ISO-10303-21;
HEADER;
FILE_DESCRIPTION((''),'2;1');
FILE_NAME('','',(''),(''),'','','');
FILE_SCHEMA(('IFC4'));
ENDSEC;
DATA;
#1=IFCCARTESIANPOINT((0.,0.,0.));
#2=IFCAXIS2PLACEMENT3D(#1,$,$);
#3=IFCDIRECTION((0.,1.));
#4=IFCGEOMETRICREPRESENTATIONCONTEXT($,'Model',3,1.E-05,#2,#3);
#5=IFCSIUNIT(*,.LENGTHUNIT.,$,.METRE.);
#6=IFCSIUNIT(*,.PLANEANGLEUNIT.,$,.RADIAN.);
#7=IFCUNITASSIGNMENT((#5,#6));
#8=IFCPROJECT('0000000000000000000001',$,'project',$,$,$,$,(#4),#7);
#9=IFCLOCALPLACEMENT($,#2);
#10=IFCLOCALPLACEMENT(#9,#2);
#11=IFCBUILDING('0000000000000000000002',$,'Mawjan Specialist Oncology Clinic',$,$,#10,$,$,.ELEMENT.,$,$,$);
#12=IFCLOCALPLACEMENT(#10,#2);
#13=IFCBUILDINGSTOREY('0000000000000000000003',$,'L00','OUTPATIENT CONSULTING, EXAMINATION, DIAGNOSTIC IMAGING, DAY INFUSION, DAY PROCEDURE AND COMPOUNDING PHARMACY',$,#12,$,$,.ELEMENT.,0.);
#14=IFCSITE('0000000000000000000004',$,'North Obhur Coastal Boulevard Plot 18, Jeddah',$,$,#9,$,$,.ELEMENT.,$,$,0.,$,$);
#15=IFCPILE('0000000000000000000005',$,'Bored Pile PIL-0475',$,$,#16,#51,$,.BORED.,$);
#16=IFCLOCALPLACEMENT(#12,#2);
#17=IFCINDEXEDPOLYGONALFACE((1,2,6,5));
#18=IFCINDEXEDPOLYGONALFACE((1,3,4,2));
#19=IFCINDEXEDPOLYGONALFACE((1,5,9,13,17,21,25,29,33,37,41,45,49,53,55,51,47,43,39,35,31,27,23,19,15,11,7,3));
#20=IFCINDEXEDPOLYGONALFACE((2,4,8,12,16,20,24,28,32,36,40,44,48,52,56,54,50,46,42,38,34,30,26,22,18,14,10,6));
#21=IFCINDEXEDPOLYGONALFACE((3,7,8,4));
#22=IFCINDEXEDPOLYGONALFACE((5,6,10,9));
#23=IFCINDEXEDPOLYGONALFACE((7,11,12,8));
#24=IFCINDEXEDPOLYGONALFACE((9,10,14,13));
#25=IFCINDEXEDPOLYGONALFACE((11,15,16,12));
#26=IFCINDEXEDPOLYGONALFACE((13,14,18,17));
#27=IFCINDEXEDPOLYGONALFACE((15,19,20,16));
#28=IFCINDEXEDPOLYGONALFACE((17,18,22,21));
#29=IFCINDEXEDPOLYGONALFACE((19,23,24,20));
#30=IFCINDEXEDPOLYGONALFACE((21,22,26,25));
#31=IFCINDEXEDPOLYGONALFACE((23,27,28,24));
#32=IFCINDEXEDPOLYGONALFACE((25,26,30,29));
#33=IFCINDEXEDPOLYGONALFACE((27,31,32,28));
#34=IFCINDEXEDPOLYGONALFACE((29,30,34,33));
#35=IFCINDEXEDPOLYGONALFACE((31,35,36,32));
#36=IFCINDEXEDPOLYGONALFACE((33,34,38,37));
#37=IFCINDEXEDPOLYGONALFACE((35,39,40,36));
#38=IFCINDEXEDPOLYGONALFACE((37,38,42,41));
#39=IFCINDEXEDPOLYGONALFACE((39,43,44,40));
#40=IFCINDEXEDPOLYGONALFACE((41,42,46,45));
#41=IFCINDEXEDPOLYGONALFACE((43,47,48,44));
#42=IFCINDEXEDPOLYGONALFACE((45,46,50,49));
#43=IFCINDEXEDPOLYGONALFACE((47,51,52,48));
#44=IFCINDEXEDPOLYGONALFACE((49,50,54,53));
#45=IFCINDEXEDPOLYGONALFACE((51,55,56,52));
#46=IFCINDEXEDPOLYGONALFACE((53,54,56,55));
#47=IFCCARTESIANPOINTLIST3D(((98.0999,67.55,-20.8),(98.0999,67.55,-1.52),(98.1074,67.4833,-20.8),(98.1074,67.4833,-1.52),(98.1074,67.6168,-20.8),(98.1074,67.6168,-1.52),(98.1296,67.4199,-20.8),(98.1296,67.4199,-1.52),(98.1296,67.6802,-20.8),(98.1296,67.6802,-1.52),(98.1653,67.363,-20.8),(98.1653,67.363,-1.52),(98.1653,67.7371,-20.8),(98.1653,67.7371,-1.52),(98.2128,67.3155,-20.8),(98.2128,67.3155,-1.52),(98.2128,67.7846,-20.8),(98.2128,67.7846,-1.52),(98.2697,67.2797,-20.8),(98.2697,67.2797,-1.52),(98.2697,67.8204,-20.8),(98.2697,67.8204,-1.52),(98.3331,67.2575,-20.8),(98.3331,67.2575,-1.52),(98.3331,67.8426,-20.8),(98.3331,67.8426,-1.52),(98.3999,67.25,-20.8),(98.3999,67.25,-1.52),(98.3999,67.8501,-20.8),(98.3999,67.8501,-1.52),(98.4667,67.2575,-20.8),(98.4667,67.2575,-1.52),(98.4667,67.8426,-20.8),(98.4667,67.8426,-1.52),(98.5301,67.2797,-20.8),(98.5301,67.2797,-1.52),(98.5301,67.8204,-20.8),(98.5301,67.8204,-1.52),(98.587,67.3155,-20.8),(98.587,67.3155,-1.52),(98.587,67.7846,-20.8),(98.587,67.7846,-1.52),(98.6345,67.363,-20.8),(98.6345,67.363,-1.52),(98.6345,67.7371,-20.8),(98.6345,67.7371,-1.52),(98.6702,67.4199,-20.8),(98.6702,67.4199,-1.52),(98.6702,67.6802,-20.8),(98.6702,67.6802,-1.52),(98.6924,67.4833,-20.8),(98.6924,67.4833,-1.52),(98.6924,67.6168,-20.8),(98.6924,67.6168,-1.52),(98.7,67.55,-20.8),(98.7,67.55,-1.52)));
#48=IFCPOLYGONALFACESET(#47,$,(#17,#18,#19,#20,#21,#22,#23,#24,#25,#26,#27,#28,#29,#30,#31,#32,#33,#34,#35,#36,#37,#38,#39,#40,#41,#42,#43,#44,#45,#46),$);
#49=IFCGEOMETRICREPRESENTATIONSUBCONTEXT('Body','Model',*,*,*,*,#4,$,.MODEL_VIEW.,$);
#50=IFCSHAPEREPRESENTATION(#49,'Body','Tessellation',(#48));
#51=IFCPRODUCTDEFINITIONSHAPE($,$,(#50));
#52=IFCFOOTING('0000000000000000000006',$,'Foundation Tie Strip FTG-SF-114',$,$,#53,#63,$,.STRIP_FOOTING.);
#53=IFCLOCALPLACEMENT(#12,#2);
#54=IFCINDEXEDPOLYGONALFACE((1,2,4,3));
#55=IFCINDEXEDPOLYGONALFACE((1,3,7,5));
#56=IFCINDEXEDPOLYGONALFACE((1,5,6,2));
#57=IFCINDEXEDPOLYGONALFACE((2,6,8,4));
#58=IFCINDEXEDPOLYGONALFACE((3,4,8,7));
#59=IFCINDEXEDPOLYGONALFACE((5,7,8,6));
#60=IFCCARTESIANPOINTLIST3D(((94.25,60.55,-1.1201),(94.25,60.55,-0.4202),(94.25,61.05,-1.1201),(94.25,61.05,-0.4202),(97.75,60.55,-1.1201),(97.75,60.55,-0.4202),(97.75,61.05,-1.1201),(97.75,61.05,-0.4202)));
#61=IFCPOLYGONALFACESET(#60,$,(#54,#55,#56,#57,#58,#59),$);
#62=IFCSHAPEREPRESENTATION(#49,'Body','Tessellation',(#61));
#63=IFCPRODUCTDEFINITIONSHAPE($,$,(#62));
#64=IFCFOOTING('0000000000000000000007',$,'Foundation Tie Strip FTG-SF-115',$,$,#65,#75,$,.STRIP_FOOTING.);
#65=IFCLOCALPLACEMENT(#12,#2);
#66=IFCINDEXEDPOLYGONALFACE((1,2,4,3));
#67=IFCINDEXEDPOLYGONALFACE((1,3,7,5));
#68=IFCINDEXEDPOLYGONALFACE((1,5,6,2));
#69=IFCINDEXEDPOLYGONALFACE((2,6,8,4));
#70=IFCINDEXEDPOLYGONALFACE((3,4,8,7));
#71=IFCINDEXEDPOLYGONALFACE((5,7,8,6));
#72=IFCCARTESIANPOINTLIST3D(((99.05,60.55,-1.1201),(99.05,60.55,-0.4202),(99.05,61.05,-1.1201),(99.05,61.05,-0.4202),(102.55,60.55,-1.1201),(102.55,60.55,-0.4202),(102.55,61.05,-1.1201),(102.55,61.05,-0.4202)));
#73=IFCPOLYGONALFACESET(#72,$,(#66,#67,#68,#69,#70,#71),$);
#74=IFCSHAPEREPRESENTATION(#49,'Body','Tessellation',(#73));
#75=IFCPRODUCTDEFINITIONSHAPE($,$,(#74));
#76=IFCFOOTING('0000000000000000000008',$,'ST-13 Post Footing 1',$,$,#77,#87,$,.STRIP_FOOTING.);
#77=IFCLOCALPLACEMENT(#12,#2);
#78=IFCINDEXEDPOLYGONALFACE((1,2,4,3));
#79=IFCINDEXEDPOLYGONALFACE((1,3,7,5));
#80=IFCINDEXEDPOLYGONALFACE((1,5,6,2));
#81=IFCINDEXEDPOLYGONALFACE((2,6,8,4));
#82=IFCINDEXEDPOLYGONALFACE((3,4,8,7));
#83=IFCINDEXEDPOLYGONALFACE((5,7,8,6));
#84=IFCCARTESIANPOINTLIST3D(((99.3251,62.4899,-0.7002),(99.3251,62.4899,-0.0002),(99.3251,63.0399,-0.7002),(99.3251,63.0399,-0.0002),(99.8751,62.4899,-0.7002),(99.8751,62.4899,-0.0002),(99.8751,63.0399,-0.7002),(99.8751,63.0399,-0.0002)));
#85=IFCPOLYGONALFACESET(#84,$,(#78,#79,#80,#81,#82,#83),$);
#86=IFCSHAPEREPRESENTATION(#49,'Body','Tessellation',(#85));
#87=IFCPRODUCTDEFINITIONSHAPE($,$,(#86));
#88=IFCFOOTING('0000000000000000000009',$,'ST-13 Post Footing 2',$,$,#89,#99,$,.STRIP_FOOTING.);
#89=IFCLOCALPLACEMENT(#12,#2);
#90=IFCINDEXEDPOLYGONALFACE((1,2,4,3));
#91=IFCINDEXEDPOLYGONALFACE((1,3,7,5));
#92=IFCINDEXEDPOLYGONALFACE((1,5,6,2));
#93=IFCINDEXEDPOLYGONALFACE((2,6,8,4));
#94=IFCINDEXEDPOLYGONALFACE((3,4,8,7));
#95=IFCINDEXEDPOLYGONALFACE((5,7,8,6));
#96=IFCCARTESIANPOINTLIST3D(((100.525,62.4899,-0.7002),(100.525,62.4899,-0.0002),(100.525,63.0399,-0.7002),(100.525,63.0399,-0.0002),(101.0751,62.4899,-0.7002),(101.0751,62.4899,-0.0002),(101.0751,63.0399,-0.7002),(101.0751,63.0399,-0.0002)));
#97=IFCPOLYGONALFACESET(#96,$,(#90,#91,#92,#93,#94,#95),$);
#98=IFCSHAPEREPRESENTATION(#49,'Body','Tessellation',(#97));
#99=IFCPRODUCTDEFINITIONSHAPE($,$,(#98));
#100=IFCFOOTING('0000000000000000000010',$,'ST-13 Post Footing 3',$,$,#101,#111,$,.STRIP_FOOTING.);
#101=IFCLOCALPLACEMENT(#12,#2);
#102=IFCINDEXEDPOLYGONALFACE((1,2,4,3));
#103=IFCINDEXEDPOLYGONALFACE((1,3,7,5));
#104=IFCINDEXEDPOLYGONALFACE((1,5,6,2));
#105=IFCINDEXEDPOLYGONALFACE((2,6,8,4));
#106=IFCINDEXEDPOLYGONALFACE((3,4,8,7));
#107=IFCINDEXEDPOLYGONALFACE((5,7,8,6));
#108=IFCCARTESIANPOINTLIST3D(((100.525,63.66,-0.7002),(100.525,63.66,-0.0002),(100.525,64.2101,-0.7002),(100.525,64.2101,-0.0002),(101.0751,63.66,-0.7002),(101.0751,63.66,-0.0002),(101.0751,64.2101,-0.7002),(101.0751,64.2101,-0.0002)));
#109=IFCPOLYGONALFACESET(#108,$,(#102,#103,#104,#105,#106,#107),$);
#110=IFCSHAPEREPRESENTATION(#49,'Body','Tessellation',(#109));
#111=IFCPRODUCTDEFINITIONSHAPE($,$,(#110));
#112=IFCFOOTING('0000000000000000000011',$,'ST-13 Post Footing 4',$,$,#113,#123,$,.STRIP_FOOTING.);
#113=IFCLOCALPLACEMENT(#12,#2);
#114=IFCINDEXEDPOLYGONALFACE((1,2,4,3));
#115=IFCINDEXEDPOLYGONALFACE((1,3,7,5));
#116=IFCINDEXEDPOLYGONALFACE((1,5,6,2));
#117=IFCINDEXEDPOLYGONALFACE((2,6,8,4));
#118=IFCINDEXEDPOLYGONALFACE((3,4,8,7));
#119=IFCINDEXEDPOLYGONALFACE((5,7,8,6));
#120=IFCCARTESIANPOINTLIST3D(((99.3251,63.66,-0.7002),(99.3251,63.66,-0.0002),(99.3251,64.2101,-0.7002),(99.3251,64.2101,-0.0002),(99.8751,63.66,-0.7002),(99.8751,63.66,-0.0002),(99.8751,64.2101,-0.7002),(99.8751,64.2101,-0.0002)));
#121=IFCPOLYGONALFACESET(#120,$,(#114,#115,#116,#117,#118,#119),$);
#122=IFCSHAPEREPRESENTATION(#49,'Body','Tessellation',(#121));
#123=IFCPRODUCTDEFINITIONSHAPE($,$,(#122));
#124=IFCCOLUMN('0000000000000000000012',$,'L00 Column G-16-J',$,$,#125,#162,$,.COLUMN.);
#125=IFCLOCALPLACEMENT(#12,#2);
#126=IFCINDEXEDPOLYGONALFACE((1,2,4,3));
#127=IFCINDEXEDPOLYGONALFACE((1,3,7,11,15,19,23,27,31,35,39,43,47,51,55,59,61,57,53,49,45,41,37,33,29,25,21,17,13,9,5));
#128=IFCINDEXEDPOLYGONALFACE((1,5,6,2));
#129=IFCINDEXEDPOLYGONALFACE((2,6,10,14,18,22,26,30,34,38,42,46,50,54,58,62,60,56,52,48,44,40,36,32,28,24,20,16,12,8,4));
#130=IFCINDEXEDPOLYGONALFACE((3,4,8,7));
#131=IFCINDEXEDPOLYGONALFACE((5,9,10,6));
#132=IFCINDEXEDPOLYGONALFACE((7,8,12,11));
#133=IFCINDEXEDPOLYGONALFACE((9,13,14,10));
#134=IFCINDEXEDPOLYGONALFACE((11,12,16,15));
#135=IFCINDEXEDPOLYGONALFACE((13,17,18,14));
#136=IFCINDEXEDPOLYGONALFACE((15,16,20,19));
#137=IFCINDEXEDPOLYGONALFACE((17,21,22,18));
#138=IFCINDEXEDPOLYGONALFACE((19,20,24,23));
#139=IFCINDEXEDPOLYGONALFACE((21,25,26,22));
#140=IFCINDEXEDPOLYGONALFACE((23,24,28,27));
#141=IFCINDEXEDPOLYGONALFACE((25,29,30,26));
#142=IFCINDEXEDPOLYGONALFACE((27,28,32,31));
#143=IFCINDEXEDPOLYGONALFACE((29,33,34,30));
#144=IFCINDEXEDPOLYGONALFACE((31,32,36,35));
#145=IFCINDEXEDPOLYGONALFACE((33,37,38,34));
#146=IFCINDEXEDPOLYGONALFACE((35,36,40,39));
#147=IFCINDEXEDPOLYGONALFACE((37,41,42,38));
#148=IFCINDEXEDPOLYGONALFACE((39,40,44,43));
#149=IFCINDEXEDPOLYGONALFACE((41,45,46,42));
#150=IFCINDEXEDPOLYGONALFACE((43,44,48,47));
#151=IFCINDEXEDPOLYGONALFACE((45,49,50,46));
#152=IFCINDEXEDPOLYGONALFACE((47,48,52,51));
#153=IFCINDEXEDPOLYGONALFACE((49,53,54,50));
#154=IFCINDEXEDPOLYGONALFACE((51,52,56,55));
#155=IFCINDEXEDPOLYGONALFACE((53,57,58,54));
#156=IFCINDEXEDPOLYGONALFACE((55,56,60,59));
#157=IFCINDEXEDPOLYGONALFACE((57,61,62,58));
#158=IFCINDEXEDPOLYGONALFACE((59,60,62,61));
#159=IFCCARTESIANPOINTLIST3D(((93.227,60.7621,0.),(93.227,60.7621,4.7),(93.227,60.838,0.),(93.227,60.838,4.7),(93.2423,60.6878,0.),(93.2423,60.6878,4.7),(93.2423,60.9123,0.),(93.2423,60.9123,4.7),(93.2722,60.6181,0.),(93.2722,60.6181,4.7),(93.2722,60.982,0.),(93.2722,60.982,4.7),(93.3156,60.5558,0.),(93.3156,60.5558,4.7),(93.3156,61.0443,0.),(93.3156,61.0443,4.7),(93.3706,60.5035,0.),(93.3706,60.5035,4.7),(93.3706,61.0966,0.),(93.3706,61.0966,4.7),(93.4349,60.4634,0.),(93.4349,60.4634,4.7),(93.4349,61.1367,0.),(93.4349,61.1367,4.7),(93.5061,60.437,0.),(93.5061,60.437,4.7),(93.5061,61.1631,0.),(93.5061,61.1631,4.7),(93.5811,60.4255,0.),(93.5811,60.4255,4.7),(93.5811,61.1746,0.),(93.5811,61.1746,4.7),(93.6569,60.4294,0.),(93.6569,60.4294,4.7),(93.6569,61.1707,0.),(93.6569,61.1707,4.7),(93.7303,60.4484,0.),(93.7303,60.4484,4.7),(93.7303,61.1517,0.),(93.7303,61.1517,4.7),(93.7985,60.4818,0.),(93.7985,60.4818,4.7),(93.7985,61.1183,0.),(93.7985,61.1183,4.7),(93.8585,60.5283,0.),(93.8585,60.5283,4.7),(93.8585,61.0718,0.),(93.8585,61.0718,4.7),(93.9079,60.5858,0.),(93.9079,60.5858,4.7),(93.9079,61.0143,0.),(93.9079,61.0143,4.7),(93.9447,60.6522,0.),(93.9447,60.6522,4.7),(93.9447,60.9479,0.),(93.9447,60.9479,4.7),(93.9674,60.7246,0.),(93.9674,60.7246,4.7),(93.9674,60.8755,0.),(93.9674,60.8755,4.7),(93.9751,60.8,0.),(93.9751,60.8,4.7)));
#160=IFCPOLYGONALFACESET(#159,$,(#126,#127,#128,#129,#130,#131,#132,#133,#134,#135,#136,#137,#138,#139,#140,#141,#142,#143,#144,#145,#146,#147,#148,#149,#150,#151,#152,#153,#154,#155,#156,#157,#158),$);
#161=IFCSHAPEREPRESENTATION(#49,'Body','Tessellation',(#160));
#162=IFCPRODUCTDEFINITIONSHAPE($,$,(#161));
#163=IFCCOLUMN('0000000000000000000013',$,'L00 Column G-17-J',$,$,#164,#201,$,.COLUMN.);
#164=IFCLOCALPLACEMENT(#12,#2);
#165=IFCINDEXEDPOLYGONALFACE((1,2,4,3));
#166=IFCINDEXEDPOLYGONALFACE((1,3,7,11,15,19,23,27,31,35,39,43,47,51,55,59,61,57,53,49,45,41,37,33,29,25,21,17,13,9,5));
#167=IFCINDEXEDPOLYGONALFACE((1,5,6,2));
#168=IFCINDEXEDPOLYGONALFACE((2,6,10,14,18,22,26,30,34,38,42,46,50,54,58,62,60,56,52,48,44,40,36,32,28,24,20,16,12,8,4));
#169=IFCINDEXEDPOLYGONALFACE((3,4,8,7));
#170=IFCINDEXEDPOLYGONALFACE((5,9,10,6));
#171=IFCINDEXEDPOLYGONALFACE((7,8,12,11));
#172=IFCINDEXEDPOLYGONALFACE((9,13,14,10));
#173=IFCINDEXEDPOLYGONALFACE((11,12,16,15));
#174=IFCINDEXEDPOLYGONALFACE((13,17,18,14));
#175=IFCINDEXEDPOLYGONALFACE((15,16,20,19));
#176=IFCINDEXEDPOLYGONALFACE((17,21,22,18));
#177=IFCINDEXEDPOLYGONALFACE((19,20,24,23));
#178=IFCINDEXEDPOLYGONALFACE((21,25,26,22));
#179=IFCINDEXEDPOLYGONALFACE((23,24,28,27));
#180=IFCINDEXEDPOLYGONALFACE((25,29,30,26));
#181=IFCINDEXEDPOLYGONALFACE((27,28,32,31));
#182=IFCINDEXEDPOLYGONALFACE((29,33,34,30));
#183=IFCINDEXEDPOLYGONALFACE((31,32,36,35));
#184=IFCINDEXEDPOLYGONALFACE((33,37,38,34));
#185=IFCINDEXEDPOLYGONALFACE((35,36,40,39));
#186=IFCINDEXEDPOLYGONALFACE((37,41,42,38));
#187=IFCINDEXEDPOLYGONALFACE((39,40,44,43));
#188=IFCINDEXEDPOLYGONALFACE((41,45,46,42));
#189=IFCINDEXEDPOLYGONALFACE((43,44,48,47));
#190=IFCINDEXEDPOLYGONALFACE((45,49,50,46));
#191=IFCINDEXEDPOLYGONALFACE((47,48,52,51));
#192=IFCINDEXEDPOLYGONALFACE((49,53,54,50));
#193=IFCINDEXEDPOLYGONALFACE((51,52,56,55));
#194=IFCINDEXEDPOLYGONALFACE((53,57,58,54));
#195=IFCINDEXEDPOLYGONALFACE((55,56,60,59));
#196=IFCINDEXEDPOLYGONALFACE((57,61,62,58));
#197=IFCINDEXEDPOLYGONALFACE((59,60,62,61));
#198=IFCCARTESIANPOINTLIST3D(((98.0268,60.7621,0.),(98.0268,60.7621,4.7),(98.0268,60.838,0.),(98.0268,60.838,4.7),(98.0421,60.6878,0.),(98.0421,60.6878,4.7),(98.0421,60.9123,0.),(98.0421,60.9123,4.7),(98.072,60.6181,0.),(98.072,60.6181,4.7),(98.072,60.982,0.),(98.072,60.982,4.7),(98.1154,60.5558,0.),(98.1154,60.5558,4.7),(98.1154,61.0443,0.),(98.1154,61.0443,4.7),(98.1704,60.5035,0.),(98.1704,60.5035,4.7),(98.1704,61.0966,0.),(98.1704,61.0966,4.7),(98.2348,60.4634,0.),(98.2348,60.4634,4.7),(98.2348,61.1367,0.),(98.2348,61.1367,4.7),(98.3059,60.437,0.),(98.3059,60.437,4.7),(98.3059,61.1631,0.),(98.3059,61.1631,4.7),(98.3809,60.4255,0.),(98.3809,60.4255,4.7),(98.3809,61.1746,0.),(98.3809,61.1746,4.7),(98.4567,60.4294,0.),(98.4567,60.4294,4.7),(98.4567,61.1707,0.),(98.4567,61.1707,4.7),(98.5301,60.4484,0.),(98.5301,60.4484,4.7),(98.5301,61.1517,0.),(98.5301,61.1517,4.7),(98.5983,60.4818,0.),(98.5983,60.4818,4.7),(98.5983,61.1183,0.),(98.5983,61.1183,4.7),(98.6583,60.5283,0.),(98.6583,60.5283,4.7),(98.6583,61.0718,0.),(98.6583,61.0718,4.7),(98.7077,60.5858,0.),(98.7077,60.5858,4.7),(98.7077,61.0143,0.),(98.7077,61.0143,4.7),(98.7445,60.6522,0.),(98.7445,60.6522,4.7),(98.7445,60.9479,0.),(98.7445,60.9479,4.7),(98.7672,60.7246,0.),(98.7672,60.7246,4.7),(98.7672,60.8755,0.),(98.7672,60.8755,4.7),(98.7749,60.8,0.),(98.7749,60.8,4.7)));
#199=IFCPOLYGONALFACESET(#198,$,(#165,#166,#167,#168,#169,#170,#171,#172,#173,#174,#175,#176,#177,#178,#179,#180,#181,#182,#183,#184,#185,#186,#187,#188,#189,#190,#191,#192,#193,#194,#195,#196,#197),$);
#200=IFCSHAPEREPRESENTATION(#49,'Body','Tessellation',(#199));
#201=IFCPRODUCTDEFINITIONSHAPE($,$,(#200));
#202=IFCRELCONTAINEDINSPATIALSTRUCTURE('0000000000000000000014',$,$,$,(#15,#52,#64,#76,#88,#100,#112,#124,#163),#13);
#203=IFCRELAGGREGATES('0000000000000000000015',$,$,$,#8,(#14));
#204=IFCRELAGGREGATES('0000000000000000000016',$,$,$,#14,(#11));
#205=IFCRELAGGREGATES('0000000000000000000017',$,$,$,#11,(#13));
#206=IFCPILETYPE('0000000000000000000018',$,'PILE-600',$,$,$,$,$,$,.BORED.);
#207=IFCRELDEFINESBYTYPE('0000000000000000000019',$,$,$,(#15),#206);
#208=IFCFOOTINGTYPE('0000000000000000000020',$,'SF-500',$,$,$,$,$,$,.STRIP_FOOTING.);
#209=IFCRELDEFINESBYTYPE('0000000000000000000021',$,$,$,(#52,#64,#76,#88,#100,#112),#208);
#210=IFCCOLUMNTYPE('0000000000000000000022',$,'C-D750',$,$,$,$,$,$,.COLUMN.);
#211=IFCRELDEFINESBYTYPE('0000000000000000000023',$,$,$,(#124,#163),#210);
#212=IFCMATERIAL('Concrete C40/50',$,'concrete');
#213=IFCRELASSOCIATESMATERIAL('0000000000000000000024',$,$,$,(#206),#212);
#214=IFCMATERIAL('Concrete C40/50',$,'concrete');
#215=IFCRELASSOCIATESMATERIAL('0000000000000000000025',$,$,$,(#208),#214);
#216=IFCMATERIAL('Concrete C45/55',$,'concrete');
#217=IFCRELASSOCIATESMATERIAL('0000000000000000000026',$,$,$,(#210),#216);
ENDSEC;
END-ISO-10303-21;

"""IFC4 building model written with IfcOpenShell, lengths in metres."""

from ifc_helpers import new_model, si_unit, direction, frame, origin, origin_2d, place, context, subcontext, project, spatial, rectangle, circle, extrude, material, material_profile, profile_set, type_object, element, save


model = new_model("IFC4")

# Units and contexts
model_context = context("Model", 3, precision=1e-05, world=origin(), true_north=direction((0.0, 1.0)))
body_context = subcontext(model_context, "Body", "Model", "MODEL_VIEW")
ifc_project = project(units=[si_unit("LENGTHUNIT", "METRE"), si_unit("PLANEANGLEUNIT", "RADIAN")], contexts=[model_context])

# Site, building, storey
site_placement = place(None, origin())
site = spatial("IfcSite", under=ifc_project, at=site_placement, Name="North Obhur Coastal Boulevard Plot 18, Jeddah", CompositionType="ELEMENT", RefElevation=0.0)
building_placement = place(site_placement, origin())
building = spatial("IfcBuilding", under=site, at=building_placement, Name="Mawjan Specialist Oncology Clinic", CompositionType="ELEMENT")
storey_placement = place(building_placement, origin())
storey = spatial("IfcBuildingStorey", under=building, at=storey_placement, Name="L00", Description="OUTPATIENT CONSULTING, EXAMINATION, DIAGNOSTIC IMAGING, DAY INFUSION, DAY PROCEDURE AND COMPOUNDING PHARMACY", CompositionType="ELEMENT", Elevation=0.0)

# Pile
ifc_material_1 = material(Name="Concrete C40/50", Category="concrete")
ifc_material_profile_1 = material_profile(ifc_material_1, circle(Radius=0.3, at=origin_2d()), Name="BORED PILE D600", Category="concrete")
ifc_profile_set_1 = profile_set([ifc_material_profile_1], Name="Concrete C40/50")
pile_type = type_object("IfcPileType", Name="PILE-600", PredefinedType="BORED", material=ifc_profile_set_1)
for number, where, z_axis, x_axis, name in (
    (1, (98.3999, 67.55, -1.52), (0.0, 0.0, -1.0), (1.0, 0.0, 0.0), "Bored Pile PIL-0475"),
):
    element("IfcPile", number, at=place(storey_placement, frame(where, z_axis=z_axis, x_axis=x_axis)), inside=storey, type_object=pile_type, Name=name, PredefinedType="BORED", context=body_context, shape_type="SweptSolid", body=[
        extrude(circle(Radius=0.3, at=origin_2d()), origin(), (0.0, 0.0, 1.0), 19.28),
    ])

# Footings
ifc_material_2 = material(Name="Concrete C40/50", Category="concrete")
footing_type_1 = type_object("IfcFootingType", Name="SF-500", PredefinedType="STRIP_FOOTING", material=ifc_material_2)
for number, where, z_axis, x_axis, name in (
    (2, (96.0, 60.8, -1.1201), (0.0, 0.0, 1.0), (1.0, 0.0, 0.0), "Foundation Tie Strip FTG-SF-114"),
    (3, (100.8, 60.8, -1.1201), (0.0, 0.0, 1.0), (1.0, 0.0, 0.0), "Foundation Tie Strip FTG-SF-115"),
):
    element("IfcFooting", number, at=place(storey_placement, frame(where, z_axis=z_axis, x_axis=x_axis)), inside=storey, type_object=footing_type_1, Name=name, PredefinedType="STRIP_FOOTING", context=body_context, shape_type="SweptSolid", body=[
        extrude(rectangle(XDim=3.5, YDim=0.5, at=origin_2d()), origin(), (0.0, 0.0, 1.0), 0.7),
    ])
for number, where, z_axis, x_axis, name in (
    (4, (99.6001, 62.7649, -0.7002), (0.0, 0.0, 1.0), (1.0, 0.0, 0.0), "ST-13 Post Footing 1"),
    (5, (100.8, 62.7649, -0.7002), (0.0, 0.0, 1.0), (1.0, 0.0, 0.0), "ST-13 Post Footing 2"),
    (6, (100.8, 63.9351, -0.7002), (0.0, 0.0, 1.0), (1.0, 0.0, 0.0), "ST-13 Post Footing 3"),
    (7, (99.6001, 63.9351, -0.7002), (0.0, 0.0, 1.0), (1.0, 0.0, 0.0), "ST-13 Post Footing 4"),
):
    element("IfcFooting", number, at=place(storey_placement, frame(where, z_axis=z_axis, x_axis=x_axis)), inside=storey, type_object=footing_type_1, Name=name, PredefinedType="STRIP_FOOTING", context=body_context, shape_type="SweptSolid", body=[
        extrude(rectangle(XDim=0.55, YDim=0.55, at=origin_2d()), origin(), (0.0, 0.0, 1.0), 0.7),
    ])

# Columns
ifc_material_3 = material(Name="Concrete C45/55", Category="concrete")
ifc_material_profile_2 = material_profile(ifc_material_3, circle(Radius=0.375, at=origin_2d()), Name="RC COL D750", Category="concrete")
ifc_profile_set_2 = profile_set([ifc_material_profile_2], Name="Concrete C45/55")
column_type_1 = type_object("IfcColumnType", Name="C-D750", PredefinedType="COLUMN", material=ifc_profile_set_2)
for number, where, z_axis, x_axis, name in (
    (8, (93.6001, 60.8, 0.0), (0.0, 0.0, 1.0), (1.0, 0.0, 0.0), "L00 Column G-16-J"),
    (9, (98.3999, 60.8, 0.0), (0.0, 0.0, 1.0), (1.0, 0.0, 0.0), "L00 Column G-17-J"),
):
    element("IfcColumn", number, at=place(storey_placement, frame(where, z_axis=z_axis, x_axis=x_axis)), inside=storey, type_object=column_type_1, Name=name, PredefinedType="COLUMN", context=body_context, shape_type="SweptSolid", body=[
        extrude(circle(Radius=0.375, at=origin_2d()), origin(), (0.0, 0.0, 1.0), 4.7),
    ])

save(model, "model.ifc")
